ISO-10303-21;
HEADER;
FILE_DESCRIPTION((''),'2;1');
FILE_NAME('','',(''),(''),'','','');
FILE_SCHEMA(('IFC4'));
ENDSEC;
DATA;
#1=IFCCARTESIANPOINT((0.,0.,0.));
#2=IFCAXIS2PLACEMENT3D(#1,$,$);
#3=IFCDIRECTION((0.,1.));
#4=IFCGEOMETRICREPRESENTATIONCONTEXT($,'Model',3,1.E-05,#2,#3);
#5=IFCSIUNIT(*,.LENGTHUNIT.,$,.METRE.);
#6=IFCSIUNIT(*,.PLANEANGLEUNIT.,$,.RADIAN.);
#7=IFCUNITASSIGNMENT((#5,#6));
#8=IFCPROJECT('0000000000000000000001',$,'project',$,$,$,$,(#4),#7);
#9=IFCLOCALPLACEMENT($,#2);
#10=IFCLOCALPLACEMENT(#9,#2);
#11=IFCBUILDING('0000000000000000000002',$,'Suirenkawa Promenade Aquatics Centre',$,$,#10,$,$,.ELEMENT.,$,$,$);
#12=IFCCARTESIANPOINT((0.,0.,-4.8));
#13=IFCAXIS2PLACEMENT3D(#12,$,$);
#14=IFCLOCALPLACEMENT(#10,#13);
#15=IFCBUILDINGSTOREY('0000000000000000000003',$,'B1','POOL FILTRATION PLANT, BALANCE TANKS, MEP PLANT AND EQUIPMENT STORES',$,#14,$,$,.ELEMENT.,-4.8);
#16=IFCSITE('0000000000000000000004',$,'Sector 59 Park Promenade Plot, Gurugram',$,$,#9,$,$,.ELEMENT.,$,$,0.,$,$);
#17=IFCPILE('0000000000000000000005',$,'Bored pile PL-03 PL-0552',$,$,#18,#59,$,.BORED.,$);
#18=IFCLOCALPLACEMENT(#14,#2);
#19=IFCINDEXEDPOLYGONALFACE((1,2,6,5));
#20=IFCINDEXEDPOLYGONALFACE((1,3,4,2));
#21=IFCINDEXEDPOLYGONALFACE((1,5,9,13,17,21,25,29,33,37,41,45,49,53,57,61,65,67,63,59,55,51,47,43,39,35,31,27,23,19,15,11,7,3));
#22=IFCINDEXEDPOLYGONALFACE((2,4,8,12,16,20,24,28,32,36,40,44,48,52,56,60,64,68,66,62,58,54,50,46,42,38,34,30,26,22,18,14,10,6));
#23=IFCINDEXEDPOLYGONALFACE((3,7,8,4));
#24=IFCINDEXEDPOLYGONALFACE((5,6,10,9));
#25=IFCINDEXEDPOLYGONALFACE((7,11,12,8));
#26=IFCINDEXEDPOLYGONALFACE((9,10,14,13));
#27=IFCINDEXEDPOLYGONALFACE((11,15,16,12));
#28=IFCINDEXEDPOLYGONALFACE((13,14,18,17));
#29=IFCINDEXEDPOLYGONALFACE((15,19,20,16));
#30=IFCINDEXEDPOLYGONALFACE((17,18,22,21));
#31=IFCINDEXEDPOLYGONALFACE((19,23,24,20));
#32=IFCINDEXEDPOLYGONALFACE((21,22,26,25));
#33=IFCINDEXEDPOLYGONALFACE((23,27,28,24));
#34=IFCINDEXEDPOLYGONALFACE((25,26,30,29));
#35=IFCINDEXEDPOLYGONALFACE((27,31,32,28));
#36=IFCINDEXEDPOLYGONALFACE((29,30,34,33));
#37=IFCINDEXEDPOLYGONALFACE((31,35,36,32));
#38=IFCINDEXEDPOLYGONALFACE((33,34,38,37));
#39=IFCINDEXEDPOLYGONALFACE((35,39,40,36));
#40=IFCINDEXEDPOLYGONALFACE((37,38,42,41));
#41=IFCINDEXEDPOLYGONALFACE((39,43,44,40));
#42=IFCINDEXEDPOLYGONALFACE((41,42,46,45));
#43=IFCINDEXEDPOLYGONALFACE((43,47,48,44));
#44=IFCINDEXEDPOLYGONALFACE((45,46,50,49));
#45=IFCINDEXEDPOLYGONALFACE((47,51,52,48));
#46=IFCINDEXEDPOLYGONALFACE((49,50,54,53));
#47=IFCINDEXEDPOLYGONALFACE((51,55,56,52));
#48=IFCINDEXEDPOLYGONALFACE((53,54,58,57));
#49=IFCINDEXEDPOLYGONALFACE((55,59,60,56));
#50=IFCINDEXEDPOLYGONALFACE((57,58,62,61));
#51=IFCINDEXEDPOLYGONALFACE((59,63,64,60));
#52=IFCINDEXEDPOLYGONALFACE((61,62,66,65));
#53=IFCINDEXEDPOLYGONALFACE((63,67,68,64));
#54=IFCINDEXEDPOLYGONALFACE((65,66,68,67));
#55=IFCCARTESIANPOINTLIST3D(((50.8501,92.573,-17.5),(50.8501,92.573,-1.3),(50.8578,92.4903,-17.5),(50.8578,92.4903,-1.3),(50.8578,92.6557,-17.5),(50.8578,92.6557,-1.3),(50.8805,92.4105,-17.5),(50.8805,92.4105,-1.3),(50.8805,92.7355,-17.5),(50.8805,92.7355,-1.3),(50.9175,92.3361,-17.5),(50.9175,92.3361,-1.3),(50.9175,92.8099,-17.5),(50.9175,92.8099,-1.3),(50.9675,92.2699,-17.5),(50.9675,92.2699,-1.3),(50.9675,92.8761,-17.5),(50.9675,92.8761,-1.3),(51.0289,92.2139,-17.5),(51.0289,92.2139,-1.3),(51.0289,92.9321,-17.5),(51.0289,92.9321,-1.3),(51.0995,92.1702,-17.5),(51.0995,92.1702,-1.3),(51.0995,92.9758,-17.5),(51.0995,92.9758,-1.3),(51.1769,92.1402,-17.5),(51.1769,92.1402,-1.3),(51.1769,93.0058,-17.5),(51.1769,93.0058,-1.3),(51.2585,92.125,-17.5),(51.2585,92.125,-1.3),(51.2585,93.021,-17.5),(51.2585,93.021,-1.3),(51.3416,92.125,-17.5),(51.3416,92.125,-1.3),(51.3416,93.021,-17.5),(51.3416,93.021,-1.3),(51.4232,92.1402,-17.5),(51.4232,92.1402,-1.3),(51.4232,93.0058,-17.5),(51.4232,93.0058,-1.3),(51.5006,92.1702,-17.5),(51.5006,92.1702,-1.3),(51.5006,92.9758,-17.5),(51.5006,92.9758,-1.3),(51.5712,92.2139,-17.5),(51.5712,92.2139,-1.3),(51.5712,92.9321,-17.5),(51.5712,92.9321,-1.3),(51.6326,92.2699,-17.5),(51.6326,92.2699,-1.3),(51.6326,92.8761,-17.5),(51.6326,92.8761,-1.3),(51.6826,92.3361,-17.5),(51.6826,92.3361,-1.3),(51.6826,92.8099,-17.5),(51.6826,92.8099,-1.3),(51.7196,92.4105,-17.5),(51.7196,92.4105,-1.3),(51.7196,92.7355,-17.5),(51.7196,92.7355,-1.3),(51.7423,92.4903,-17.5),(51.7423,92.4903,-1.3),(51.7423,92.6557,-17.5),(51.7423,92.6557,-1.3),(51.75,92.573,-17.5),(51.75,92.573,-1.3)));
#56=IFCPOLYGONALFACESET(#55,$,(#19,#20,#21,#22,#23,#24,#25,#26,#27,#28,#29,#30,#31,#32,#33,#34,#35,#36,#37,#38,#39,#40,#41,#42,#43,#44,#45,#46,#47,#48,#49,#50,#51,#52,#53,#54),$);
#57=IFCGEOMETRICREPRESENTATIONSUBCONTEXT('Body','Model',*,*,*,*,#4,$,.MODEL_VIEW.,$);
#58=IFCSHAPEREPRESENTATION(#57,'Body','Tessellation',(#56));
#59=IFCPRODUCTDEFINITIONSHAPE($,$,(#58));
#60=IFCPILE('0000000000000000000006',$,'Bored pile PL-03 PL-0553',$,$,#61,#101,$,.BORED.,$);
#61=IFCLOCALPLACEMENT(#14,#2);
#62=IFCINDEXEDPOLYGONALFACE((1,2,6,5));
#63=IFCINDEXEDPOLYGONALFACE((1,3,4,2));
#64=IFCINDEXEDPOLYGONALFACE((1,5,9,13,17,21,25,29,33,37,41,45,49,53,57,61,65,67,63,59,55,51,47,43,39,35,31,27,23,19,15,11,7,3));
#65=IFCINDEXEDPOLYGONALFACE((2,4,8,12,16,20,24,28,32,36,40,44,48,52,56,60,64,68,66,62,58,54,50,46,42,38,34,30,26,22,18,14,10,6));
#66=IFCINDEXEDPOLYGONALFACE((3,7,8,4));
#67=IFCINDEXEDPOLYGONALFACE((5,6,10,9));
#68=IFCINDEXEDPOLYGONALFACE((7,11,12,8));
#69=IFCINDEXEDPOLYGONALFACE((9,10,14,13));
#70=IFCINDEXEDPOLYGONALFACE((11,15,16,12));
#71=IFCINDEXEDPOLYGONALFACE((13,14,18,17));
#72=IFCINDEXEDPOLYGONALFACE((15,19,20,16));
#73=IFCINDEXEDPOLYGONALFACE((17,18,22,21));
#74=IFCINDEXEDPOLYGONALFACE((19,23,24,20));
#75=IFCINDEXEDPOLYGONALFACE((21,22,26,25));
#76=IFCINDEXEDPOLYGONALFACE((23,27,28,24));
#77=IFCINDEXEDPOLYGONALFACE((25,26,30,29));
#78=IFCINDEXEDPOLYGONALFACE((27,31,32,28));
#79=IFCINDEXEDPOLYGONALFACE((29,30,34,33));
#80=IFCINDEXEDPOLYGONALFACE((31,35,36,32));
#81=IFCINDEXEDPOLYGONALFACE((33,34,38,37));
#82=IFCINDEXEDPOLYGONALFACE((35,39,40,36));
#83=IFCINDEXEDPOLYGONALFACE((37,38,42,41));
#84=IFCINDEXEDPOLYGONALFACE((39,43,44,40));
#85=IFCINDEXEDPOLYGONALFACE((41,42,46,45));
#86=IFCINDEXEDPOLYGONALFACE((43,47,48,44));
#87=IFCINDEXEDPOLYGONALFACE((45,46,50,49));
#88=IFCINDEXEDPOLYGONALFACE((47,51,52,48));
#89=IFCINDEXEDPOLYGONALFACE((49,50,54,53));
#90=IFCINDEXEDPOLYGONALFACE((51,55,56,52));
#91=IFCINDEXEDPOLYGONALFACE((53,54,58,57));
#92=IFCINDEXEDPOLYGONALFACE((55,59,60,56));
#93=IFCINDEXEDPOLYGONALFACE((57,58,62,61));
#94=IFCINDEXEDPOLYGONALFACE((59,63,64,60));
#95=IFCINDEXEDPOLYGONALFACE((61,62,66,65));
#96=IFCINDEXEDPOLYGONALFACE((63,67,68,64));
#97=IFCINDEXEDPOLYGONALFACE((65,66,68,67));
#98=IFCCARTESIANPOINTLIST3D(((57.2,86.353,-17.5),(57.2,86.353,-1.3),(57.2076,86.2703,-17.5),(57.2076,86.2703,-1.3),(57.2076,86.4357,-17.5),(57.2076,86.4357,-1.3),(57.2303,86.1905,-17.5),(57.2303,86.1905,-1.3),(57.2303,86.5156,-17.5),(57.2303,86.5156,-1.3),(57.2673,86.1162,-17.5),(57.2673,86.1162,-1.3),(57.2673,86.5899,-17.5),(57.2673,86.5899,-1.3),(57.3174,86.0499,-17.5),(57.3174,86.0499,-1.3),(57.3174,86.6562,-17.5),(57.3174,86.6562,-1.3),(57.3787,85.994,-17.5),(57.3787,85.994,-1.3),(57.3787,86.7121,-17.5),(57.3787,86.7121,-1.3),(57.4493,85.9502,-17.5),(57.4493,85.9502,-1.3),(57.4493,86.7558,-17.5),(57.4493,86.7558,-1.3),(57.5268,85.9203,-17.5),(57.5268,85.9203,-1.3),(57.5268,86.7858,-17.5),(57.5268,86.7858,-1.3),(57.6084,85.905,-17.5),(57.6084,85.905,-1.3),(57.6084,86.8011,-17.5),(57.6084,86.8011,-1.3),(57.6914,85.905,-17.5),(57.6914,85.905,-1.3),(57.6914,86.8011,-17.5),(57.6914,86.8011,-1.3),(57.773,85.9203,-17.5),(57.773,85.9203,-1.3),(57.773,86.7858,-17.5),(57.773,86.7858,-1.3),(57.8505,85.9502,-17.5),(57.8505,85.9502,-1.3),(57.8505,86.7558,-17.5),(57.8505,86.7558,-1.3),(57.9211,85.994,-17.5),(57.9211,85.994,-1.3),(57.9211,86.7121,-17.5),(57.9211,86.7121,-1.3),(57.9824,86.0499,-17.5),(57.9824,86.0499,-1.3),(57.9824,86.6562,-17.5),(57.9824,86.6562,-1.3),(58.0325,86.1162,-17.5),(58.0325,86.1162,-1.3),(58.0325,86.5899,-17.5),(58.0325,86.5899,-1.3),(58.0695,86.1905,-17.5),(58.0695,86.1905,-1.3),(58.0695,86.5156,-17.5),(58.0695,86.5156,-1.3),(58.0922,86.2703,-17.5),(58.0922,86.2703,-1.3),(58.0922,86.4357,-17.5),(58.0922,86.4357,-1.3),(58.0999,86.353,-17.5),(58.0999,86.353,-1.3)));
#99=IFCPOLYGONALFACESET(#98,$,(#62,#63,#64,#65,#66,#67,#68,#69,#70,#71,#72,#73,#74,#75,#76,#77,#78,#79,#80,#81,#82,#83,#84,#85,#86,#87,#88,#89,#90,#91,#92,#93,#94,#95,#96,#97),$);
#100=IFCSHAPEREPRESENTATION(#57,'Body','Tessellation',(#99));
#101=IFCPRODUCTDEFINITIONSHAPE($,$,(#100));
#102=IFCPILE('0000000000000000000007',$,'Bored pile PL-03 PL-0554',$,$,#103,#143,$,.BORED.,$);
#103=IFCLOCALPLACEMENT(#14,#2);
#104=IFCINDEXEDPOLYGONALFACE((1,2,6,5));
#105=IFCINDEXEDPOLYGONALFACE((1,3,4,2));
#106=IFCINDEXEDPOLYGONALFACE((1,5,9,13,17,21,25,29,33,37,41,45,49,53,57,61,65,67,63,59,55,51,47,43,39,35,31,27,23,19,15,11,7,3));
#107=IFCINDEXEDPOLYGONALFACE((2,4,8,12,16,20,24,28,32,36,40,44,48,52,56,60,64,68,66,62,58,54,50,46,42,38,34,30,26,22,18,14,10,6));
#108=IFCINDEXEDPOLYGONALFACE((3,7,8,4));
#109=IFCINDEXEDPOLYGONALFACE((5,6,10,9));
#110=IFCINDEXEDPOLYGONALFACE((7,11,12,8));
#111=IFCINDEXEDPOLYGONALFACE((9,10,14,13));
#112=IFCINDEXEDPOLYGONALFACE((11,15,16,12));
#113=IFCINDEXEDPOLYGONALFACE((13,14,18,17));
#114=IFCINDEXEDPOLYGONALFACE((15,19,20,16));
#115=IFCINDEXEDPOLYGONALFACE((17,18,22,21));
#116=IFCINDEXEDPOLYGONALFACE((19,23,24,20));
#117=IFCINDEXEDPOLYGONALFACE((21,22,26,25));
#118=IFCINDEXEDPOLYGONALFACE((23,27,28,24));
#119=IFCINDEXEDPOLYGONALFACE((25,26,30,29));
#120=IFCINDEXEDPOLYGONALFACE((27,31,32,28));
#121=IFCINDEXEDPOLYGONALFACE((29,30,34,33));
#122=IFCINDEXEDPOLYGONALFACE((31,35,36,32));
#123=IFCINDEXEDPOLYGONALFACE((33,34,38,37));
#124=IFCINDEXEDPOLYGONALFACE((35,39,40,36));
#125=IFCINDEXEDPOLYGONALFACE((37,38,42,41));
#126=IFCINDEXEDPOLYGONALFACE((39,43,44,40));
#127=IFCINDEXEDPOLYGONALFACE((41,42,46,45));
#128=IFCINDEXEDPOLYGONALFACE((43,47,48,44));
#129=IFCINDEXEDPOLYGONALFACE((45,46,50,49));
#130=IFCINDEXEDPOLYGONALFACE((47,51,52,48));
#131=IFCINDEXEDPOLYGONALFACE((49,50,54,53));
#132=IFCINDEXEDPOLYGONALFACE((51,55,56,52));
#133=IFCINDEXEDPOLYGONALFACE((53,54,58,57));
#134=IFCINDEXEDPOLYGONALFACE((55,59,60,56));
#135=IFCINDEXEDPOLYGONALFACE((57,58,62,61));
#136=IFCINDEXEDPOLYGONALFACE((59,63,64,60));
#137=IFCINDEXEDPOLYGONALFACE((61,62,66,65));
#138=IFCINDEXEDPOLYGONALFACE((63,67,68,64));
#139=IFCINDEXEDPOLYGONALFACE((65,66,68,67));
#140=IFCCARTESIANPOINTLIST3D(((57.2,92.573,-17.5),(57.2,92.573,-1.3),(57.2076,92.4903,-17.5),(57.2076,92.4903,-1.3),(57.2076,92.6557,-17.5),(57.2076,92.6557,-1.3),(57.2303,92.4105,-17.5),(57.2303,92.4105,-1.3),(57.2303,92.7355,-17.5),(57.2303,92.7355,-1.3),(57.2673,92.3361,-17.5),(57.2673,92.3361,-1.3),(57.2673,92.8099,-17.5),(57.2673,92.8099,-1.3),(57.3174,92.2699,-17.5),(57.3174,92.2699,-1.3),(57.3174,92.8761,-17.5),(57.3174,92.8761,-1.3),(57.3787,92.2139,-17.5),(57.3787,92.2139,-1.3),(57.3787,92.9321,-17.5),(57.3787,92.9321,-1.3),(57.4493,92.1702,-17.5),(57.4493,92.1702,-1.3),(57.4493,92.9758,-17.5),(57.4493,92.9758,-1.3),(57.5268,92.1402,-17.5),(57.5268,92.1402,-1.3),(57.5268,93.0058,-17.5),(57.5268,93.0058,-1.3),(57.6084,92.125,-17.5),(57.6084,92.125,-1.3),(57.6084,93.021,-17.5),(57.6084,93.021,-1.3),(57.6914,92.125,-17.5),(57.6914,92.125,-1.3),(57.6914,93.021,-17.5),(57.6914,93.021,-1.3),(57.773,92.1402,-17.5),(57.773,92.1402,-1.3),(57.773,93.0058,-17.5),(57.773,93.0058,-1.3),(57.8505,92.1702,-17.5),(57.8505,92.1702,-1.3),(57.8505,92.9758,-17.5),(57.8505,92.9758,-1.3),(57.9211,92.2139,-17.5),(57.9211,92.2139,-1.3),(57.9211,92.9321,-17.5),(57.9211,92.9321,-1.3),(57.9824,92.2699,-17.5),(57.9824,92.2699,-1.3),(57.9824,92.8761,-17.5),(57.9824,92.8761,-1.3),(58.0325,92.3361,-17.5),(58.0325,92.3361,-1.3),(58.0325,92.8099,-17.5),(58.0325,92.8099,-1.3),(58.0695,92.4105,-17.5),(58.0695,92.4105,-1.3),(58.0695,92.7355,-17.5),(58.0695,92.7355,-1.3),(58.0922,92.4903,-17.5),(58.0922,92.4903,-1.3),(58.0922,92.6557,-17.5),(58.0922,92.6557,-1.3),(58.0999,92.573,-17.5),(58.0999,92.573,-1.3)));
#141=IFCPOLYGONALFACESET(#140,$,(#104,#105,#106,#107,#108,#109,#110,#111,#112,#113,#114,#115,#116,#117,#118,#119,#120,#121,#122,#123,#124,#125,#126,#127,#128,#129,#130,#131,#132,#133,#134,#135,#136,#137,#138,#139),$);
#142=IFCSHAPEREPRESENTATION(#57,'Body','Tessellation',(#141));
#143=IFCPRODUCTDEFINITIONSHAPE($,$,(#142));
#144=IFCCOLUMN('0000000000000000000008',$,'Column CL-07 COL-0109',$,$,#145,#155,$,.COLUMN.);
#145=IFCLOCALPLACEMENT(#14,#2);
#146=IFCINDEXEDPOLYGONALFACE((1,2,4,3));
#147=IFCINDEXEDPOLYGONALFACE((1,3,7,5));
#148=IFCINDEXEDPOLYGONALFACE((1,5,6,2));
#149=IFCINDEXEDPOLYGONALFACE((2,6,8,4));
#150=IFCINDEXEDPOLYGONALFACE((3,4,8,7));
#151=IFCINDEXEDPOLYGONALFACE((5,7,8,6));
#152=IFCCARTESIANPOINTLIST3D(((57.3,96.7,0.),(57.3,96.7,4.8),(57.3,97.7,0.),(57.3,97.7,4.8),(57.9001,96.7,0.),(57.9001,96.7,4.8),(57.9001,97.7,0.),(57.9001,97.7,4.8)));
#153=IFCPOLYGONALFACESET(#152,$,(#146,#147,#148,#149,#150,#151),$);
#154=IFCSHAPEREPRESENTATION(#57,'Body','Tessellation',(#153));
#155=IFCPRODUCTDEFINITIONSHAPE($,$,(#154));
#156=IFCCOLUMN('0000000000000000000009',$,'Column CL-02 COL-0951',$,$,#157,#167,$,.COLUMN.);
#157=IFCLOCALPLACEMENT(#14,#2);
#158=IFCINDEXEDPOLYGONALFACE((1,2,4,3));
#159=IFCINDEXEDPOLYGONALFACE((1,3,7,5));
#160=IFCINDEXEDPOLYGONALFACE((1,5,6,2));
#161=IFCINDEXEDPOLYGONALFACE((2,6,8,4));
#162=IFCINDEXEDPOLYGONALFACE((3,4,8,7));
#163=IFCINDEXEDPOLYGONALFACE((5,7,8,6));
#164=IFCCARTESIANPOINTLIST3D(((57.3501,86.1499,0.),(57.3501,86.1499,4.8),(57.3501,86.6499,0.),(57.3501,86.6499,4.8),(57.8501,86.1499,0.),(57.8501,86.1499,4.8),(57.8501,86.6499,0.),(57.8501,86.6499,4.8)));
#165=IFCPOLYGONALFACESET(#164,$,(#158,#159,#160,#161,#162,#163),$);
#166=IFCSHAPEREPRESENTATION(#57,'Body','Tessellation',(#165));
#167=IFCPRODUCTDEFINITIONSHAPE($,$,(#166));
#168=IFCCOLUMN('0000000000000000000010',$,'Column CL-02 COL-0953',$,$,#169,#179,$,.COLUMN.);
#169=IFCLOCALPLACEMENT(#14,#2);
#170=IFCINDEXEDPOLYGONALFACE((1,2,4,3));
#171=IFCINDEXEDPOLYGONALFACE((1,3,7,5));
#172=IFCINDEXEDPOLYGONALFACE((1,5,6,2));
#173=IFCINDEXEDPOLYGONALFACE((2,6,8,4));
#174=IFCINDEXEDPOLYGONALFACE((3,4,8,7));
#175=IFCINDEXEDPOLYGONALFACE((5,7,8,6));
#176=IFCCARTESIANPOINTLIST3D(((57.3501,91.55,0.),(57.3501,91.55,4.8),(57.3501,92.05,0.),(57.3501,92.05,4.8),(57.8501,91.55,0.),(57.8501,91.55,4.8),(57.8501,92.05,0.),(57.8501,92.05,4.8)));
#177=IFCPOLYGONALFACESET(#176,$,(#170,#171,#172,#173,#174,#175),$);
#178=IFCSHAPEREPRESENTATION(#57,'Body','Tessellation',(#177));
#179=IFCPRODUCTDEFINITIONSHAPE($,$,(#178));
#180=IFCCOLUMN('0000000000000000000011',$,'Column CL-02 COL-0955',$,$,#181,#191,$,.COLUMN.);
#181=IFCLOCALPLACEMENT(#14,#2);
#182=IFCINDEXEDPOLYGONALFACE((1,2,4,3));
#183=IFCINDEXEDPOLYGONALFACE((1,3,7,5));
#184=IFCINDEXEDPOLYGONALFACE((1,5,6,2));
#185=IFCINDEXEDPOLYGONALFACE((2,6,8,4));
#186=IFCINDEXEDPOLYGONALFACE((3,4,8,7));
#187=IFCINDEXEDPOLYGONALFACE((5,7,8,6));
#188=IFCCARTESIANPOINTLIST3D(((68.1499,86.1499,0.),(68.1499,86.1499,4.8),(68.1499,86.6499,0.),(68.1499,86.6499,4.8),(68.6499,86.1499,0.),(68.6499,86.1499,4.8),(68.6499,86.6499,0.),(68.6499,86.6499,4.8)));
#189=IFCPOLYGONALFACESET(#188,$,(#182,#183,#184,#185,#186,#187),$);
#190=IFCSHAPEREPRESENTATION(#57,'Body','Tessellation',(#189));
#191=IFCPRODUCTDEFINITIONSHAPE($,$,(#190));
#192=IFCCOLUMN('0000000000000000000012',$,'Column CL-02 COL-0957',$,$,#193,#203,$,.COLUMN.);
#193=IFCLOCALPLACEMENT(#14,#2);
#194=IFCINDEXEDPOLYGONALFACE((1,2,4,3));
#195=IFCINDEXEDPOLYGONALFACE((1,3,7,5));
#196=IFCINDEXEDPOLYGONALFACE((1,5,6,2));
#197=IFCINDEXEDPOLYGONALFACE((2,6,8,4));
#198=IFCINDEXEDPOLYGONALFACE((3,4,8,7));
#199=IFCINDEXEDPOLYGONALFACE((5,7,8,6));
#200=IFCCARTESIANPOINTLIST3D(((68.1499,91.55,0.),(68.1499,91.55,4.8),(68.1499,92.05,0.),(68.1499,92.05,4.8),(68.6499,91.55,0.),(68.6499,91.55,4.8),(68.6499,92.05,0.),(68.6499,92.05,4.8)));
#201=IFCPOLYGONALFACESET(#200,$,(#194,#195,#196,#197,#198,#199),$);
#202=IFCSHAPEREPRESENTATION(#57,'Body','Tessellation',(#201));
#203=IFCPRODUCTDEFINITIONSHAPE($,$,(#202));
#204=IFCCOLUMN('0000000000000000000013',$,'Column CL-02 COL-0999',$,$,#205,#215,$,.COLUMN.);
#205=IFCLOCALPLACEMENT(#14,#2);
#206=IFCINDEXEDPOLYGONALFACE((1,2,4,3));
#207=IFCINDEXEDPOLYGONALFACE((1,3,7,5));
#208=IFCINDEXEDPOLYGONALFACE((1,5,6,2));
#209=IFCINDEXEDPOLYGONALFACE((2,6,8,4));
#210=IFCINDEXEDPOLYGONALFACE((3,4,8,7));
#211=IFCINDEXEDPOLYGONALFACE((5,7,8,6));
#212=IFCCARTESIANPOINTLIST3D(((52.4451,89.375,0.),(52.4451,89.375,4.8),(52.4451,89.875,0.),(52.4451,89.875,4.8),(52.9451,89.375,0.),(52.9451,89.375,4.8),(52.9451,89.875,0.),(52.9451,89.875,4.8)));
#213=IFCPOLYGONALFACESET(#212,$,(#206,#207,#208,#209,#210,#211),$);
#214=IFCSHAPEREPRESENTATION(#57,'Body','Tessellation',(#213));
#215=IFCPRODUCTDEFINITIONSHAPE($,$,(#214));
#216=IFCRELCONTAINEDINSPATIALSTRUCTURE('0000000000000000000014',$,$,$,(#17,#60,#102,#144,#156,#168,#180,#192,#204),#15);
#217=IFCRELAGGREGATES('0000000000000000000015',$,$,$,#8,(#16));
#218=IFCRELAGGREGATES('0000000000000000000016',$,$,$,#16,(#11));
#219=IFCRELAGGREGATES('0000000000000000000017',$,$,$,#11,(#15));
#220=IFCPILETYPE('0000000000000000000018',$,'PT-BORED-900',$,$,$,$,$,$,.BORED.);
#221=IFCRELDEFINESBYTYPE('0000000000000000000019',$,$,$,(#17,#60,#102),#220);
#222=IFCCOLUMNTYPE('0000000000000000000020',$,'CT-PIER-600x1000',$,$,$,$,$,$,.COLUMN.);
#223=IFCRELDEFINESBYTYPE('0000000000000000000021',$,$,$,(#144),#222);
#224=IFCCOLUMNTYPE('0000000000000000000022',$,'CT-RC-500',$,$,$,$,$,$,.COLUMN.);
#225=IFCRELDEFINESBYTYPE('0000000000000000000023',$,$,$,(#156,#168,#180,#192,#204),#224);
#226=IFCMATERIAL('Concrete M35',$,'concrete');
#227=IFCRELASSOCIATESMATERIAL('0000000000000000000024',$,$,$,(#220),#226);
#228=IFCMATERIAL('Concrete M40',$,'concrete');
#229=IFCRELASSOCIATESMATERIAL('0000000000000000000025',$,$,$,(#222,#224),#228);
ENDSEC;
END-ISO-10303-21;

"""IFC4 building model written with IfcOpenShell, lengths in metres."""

from ifc_helpers import new_model, si_unit, direction, frame, origin, origin_2d, place, context, subcontext, project, spatial, rectangle, circle, extrude, material, material_profile, profile_set, type_object, element, save


model = new_model("IFC4")

# Units and contexts
model_context = context("Model", 3, precision=1e-05, world=origin(), true_north=direction((0.0, 1.0)))
body_context = subcontext(model_context, "Body", "Model", "MODEL_VIEW")
ifc_project = project(units=[si_unit("LENGTHUNIT", "METRE"), si_unit("PLANEANGLEUNIT", "RADIAN")], contexts=[model_context])

# Site, building, storey
site_placement = place(None, origin())
site = spatial("IfcSite", under=ifc_project, at=site_placement, Name="Sector 59 Park Promenade Plot, Gurugram", CompositionType="ELEMENT", RefElevation=0.0)
building_placement = place(site_placement, origin())
building = spatial("IfcBuilding", under=site, at=building_placement, Name="Suirenkawa Promenade Aquatics Centre", CompositionType="ELEMENT")
storey_placement = place(building_placement, frame((0.0, 0.0, -4.8)))
storey = spatial("IfcBuildingStorey", under=building, at=storey_placement, Name="B1", Description="POOL FILTRATION PLANT, BALANCE TANKS, MEP PLANT AND EQUIPMENT STORES", CompositionType="ELEMENT", Elevation=-4.8)

# Shared definitions
ifc_material_1 = material(Name="Concrete M35", Category="concrete")

# Piles
ifc_material_profile_1 = material_profile(ifc_material_1, circle(Radius=0.45, at=origin_2d()), Name="PILE D900", Category="concrete")
ifc_profile_set_1 = profile_set([ifc_material_profile_1], Name="Concrete M35")
pile_type_1 = type_object("IfcPileType", Name="PT-BORED-900", PredefinedType="BORED", material=ifc_profile_set_1)
for number, where, z_axis, x_axis, name in (
    (1, (51.3, 92.573, -1.3), (0.0, 0.0, -1.0), (1.0, 0.0, 0.0), "Bored pile PL-03 PL-0552"),
    (2, (57.6499, 86.353, -1.3), (0.0, 0.0, -1.0), (1.0, 0.0, 0.0), "Bored pile PL-03 PL-0553"),
    (3, (57.6499, 92.573, -1.3), (0.0, 0.0, -1.0), (1.0, 0.0, 0.0), "Bored pile PL-03 PL-0554"),
):
    element("IfcPile", number, at=place(storey_placement, frame(where, z_axis=z_axis, x_axis=x_axis)), inside=storey, type_object=pile_type_1, Name=name, PredefinedType="BORED", context=body_context, shape_type="SweptSolid", body=[
        extrude(circle(Radius=0.45, at=origin_2d()), origin(), (0.0, 0.0, 1.0), 16.2),
    ])

# Columns
ifc_material_2 = material(Name="Concrete M40", Category="concrete")
ifc_material_profile_2 = material_profile(ifc_material_2, rectangle(XDim=0.6001, YDim=1.0, at=origin_2d()), Name="RC PIER 600x1000", Category="concrete")
ifc_profile_set_2 = profile_set([ifc_material_profile_2], Name="Concrete M40")
column_type_1 = type_object("IfcColumnType", Name="CT-PIER-600x1000", PredefinedType="COLUMN", material=ifc_profile_set_2)
column_placement = place(storey_placement, frame((57.6001, 97.2, 0.0), z_axis=(0.0, 0.0, 1.0), x_axis=(1.0, 0.0, 0.0)))
element("IfcColumn", 4, at=column_placement, inside=storey, type_object=column_type_1, Name="Column CL-07 COL-0109", PredefinedType="COLUMN", context=body_context, shape_type="SweptSolid", body=[
    extrude(rectangle(XDim=0.6001, YDim=1.0, at=origin_2d()), origin(), (0.0, 0.0, 1.0), 4.8),
])
ifc_material_profile_3 = material_profile(ifc_material_2, rectangle(XDim=0.5, YDim=0.5, at=origin_2d()), Name="RC COL 500x500", Category="concrete")
ifc_profile_set_3 = profile_set([ifc_material_profile_3], Name="Concrete M40")
column_type_2 = type_object("IfcColumnType", Name="CT-RC-500", PredefinedType="COLUMN", material=ifc_profile_set_3)
for number, where, z_axis, x_axis, name in (
    (5, (57.6001, 86.3999, 0.0), (0.0, 0.0, 1.0), (1.0, 0.0, 0.0), "Column CL-02 COL-0951"),
    (6, (57.6001, 91.8, 0.0), (0.0, 0.0, 1.0), (1.0, 0.0, 0.0), "Column CL-02 COL-0953"),
    (7, (68.3999, 86.3999, 0.0), (0.0, 0.0, 1.0), (1.0, 0.0, 0.0), "Column CL-02 COL-0955"),
    (8, (68.3999, 91.8, 0.0), (0.0, 0.0, 1.0), (1.0, 0.0, 0.0), "Column CL-02 COL-0957"),
    (9, (52.6951, 89.625, 0.0), (0.0, 0.0, 1.0), (1.0, 0.0, 0.0), "Column CL-02 COL-0999"),
):
    element("IfcColumn", number, at=place(storey_placement, frame(where, z_axis=z_axis, x_axis=x_axis)), inside=storey, type_object=column_type_2, Name=name, PredefinedType="COLUMN", context=body_context, shape_type="SweptSolid", body=[
        extrude(rectangle(XDim=0.5, YDim=0.5, at=origin_2d()), origin(), (0.0, 0.0, 1.0), 4.8),
    ])

save(model, "model.ifc")
